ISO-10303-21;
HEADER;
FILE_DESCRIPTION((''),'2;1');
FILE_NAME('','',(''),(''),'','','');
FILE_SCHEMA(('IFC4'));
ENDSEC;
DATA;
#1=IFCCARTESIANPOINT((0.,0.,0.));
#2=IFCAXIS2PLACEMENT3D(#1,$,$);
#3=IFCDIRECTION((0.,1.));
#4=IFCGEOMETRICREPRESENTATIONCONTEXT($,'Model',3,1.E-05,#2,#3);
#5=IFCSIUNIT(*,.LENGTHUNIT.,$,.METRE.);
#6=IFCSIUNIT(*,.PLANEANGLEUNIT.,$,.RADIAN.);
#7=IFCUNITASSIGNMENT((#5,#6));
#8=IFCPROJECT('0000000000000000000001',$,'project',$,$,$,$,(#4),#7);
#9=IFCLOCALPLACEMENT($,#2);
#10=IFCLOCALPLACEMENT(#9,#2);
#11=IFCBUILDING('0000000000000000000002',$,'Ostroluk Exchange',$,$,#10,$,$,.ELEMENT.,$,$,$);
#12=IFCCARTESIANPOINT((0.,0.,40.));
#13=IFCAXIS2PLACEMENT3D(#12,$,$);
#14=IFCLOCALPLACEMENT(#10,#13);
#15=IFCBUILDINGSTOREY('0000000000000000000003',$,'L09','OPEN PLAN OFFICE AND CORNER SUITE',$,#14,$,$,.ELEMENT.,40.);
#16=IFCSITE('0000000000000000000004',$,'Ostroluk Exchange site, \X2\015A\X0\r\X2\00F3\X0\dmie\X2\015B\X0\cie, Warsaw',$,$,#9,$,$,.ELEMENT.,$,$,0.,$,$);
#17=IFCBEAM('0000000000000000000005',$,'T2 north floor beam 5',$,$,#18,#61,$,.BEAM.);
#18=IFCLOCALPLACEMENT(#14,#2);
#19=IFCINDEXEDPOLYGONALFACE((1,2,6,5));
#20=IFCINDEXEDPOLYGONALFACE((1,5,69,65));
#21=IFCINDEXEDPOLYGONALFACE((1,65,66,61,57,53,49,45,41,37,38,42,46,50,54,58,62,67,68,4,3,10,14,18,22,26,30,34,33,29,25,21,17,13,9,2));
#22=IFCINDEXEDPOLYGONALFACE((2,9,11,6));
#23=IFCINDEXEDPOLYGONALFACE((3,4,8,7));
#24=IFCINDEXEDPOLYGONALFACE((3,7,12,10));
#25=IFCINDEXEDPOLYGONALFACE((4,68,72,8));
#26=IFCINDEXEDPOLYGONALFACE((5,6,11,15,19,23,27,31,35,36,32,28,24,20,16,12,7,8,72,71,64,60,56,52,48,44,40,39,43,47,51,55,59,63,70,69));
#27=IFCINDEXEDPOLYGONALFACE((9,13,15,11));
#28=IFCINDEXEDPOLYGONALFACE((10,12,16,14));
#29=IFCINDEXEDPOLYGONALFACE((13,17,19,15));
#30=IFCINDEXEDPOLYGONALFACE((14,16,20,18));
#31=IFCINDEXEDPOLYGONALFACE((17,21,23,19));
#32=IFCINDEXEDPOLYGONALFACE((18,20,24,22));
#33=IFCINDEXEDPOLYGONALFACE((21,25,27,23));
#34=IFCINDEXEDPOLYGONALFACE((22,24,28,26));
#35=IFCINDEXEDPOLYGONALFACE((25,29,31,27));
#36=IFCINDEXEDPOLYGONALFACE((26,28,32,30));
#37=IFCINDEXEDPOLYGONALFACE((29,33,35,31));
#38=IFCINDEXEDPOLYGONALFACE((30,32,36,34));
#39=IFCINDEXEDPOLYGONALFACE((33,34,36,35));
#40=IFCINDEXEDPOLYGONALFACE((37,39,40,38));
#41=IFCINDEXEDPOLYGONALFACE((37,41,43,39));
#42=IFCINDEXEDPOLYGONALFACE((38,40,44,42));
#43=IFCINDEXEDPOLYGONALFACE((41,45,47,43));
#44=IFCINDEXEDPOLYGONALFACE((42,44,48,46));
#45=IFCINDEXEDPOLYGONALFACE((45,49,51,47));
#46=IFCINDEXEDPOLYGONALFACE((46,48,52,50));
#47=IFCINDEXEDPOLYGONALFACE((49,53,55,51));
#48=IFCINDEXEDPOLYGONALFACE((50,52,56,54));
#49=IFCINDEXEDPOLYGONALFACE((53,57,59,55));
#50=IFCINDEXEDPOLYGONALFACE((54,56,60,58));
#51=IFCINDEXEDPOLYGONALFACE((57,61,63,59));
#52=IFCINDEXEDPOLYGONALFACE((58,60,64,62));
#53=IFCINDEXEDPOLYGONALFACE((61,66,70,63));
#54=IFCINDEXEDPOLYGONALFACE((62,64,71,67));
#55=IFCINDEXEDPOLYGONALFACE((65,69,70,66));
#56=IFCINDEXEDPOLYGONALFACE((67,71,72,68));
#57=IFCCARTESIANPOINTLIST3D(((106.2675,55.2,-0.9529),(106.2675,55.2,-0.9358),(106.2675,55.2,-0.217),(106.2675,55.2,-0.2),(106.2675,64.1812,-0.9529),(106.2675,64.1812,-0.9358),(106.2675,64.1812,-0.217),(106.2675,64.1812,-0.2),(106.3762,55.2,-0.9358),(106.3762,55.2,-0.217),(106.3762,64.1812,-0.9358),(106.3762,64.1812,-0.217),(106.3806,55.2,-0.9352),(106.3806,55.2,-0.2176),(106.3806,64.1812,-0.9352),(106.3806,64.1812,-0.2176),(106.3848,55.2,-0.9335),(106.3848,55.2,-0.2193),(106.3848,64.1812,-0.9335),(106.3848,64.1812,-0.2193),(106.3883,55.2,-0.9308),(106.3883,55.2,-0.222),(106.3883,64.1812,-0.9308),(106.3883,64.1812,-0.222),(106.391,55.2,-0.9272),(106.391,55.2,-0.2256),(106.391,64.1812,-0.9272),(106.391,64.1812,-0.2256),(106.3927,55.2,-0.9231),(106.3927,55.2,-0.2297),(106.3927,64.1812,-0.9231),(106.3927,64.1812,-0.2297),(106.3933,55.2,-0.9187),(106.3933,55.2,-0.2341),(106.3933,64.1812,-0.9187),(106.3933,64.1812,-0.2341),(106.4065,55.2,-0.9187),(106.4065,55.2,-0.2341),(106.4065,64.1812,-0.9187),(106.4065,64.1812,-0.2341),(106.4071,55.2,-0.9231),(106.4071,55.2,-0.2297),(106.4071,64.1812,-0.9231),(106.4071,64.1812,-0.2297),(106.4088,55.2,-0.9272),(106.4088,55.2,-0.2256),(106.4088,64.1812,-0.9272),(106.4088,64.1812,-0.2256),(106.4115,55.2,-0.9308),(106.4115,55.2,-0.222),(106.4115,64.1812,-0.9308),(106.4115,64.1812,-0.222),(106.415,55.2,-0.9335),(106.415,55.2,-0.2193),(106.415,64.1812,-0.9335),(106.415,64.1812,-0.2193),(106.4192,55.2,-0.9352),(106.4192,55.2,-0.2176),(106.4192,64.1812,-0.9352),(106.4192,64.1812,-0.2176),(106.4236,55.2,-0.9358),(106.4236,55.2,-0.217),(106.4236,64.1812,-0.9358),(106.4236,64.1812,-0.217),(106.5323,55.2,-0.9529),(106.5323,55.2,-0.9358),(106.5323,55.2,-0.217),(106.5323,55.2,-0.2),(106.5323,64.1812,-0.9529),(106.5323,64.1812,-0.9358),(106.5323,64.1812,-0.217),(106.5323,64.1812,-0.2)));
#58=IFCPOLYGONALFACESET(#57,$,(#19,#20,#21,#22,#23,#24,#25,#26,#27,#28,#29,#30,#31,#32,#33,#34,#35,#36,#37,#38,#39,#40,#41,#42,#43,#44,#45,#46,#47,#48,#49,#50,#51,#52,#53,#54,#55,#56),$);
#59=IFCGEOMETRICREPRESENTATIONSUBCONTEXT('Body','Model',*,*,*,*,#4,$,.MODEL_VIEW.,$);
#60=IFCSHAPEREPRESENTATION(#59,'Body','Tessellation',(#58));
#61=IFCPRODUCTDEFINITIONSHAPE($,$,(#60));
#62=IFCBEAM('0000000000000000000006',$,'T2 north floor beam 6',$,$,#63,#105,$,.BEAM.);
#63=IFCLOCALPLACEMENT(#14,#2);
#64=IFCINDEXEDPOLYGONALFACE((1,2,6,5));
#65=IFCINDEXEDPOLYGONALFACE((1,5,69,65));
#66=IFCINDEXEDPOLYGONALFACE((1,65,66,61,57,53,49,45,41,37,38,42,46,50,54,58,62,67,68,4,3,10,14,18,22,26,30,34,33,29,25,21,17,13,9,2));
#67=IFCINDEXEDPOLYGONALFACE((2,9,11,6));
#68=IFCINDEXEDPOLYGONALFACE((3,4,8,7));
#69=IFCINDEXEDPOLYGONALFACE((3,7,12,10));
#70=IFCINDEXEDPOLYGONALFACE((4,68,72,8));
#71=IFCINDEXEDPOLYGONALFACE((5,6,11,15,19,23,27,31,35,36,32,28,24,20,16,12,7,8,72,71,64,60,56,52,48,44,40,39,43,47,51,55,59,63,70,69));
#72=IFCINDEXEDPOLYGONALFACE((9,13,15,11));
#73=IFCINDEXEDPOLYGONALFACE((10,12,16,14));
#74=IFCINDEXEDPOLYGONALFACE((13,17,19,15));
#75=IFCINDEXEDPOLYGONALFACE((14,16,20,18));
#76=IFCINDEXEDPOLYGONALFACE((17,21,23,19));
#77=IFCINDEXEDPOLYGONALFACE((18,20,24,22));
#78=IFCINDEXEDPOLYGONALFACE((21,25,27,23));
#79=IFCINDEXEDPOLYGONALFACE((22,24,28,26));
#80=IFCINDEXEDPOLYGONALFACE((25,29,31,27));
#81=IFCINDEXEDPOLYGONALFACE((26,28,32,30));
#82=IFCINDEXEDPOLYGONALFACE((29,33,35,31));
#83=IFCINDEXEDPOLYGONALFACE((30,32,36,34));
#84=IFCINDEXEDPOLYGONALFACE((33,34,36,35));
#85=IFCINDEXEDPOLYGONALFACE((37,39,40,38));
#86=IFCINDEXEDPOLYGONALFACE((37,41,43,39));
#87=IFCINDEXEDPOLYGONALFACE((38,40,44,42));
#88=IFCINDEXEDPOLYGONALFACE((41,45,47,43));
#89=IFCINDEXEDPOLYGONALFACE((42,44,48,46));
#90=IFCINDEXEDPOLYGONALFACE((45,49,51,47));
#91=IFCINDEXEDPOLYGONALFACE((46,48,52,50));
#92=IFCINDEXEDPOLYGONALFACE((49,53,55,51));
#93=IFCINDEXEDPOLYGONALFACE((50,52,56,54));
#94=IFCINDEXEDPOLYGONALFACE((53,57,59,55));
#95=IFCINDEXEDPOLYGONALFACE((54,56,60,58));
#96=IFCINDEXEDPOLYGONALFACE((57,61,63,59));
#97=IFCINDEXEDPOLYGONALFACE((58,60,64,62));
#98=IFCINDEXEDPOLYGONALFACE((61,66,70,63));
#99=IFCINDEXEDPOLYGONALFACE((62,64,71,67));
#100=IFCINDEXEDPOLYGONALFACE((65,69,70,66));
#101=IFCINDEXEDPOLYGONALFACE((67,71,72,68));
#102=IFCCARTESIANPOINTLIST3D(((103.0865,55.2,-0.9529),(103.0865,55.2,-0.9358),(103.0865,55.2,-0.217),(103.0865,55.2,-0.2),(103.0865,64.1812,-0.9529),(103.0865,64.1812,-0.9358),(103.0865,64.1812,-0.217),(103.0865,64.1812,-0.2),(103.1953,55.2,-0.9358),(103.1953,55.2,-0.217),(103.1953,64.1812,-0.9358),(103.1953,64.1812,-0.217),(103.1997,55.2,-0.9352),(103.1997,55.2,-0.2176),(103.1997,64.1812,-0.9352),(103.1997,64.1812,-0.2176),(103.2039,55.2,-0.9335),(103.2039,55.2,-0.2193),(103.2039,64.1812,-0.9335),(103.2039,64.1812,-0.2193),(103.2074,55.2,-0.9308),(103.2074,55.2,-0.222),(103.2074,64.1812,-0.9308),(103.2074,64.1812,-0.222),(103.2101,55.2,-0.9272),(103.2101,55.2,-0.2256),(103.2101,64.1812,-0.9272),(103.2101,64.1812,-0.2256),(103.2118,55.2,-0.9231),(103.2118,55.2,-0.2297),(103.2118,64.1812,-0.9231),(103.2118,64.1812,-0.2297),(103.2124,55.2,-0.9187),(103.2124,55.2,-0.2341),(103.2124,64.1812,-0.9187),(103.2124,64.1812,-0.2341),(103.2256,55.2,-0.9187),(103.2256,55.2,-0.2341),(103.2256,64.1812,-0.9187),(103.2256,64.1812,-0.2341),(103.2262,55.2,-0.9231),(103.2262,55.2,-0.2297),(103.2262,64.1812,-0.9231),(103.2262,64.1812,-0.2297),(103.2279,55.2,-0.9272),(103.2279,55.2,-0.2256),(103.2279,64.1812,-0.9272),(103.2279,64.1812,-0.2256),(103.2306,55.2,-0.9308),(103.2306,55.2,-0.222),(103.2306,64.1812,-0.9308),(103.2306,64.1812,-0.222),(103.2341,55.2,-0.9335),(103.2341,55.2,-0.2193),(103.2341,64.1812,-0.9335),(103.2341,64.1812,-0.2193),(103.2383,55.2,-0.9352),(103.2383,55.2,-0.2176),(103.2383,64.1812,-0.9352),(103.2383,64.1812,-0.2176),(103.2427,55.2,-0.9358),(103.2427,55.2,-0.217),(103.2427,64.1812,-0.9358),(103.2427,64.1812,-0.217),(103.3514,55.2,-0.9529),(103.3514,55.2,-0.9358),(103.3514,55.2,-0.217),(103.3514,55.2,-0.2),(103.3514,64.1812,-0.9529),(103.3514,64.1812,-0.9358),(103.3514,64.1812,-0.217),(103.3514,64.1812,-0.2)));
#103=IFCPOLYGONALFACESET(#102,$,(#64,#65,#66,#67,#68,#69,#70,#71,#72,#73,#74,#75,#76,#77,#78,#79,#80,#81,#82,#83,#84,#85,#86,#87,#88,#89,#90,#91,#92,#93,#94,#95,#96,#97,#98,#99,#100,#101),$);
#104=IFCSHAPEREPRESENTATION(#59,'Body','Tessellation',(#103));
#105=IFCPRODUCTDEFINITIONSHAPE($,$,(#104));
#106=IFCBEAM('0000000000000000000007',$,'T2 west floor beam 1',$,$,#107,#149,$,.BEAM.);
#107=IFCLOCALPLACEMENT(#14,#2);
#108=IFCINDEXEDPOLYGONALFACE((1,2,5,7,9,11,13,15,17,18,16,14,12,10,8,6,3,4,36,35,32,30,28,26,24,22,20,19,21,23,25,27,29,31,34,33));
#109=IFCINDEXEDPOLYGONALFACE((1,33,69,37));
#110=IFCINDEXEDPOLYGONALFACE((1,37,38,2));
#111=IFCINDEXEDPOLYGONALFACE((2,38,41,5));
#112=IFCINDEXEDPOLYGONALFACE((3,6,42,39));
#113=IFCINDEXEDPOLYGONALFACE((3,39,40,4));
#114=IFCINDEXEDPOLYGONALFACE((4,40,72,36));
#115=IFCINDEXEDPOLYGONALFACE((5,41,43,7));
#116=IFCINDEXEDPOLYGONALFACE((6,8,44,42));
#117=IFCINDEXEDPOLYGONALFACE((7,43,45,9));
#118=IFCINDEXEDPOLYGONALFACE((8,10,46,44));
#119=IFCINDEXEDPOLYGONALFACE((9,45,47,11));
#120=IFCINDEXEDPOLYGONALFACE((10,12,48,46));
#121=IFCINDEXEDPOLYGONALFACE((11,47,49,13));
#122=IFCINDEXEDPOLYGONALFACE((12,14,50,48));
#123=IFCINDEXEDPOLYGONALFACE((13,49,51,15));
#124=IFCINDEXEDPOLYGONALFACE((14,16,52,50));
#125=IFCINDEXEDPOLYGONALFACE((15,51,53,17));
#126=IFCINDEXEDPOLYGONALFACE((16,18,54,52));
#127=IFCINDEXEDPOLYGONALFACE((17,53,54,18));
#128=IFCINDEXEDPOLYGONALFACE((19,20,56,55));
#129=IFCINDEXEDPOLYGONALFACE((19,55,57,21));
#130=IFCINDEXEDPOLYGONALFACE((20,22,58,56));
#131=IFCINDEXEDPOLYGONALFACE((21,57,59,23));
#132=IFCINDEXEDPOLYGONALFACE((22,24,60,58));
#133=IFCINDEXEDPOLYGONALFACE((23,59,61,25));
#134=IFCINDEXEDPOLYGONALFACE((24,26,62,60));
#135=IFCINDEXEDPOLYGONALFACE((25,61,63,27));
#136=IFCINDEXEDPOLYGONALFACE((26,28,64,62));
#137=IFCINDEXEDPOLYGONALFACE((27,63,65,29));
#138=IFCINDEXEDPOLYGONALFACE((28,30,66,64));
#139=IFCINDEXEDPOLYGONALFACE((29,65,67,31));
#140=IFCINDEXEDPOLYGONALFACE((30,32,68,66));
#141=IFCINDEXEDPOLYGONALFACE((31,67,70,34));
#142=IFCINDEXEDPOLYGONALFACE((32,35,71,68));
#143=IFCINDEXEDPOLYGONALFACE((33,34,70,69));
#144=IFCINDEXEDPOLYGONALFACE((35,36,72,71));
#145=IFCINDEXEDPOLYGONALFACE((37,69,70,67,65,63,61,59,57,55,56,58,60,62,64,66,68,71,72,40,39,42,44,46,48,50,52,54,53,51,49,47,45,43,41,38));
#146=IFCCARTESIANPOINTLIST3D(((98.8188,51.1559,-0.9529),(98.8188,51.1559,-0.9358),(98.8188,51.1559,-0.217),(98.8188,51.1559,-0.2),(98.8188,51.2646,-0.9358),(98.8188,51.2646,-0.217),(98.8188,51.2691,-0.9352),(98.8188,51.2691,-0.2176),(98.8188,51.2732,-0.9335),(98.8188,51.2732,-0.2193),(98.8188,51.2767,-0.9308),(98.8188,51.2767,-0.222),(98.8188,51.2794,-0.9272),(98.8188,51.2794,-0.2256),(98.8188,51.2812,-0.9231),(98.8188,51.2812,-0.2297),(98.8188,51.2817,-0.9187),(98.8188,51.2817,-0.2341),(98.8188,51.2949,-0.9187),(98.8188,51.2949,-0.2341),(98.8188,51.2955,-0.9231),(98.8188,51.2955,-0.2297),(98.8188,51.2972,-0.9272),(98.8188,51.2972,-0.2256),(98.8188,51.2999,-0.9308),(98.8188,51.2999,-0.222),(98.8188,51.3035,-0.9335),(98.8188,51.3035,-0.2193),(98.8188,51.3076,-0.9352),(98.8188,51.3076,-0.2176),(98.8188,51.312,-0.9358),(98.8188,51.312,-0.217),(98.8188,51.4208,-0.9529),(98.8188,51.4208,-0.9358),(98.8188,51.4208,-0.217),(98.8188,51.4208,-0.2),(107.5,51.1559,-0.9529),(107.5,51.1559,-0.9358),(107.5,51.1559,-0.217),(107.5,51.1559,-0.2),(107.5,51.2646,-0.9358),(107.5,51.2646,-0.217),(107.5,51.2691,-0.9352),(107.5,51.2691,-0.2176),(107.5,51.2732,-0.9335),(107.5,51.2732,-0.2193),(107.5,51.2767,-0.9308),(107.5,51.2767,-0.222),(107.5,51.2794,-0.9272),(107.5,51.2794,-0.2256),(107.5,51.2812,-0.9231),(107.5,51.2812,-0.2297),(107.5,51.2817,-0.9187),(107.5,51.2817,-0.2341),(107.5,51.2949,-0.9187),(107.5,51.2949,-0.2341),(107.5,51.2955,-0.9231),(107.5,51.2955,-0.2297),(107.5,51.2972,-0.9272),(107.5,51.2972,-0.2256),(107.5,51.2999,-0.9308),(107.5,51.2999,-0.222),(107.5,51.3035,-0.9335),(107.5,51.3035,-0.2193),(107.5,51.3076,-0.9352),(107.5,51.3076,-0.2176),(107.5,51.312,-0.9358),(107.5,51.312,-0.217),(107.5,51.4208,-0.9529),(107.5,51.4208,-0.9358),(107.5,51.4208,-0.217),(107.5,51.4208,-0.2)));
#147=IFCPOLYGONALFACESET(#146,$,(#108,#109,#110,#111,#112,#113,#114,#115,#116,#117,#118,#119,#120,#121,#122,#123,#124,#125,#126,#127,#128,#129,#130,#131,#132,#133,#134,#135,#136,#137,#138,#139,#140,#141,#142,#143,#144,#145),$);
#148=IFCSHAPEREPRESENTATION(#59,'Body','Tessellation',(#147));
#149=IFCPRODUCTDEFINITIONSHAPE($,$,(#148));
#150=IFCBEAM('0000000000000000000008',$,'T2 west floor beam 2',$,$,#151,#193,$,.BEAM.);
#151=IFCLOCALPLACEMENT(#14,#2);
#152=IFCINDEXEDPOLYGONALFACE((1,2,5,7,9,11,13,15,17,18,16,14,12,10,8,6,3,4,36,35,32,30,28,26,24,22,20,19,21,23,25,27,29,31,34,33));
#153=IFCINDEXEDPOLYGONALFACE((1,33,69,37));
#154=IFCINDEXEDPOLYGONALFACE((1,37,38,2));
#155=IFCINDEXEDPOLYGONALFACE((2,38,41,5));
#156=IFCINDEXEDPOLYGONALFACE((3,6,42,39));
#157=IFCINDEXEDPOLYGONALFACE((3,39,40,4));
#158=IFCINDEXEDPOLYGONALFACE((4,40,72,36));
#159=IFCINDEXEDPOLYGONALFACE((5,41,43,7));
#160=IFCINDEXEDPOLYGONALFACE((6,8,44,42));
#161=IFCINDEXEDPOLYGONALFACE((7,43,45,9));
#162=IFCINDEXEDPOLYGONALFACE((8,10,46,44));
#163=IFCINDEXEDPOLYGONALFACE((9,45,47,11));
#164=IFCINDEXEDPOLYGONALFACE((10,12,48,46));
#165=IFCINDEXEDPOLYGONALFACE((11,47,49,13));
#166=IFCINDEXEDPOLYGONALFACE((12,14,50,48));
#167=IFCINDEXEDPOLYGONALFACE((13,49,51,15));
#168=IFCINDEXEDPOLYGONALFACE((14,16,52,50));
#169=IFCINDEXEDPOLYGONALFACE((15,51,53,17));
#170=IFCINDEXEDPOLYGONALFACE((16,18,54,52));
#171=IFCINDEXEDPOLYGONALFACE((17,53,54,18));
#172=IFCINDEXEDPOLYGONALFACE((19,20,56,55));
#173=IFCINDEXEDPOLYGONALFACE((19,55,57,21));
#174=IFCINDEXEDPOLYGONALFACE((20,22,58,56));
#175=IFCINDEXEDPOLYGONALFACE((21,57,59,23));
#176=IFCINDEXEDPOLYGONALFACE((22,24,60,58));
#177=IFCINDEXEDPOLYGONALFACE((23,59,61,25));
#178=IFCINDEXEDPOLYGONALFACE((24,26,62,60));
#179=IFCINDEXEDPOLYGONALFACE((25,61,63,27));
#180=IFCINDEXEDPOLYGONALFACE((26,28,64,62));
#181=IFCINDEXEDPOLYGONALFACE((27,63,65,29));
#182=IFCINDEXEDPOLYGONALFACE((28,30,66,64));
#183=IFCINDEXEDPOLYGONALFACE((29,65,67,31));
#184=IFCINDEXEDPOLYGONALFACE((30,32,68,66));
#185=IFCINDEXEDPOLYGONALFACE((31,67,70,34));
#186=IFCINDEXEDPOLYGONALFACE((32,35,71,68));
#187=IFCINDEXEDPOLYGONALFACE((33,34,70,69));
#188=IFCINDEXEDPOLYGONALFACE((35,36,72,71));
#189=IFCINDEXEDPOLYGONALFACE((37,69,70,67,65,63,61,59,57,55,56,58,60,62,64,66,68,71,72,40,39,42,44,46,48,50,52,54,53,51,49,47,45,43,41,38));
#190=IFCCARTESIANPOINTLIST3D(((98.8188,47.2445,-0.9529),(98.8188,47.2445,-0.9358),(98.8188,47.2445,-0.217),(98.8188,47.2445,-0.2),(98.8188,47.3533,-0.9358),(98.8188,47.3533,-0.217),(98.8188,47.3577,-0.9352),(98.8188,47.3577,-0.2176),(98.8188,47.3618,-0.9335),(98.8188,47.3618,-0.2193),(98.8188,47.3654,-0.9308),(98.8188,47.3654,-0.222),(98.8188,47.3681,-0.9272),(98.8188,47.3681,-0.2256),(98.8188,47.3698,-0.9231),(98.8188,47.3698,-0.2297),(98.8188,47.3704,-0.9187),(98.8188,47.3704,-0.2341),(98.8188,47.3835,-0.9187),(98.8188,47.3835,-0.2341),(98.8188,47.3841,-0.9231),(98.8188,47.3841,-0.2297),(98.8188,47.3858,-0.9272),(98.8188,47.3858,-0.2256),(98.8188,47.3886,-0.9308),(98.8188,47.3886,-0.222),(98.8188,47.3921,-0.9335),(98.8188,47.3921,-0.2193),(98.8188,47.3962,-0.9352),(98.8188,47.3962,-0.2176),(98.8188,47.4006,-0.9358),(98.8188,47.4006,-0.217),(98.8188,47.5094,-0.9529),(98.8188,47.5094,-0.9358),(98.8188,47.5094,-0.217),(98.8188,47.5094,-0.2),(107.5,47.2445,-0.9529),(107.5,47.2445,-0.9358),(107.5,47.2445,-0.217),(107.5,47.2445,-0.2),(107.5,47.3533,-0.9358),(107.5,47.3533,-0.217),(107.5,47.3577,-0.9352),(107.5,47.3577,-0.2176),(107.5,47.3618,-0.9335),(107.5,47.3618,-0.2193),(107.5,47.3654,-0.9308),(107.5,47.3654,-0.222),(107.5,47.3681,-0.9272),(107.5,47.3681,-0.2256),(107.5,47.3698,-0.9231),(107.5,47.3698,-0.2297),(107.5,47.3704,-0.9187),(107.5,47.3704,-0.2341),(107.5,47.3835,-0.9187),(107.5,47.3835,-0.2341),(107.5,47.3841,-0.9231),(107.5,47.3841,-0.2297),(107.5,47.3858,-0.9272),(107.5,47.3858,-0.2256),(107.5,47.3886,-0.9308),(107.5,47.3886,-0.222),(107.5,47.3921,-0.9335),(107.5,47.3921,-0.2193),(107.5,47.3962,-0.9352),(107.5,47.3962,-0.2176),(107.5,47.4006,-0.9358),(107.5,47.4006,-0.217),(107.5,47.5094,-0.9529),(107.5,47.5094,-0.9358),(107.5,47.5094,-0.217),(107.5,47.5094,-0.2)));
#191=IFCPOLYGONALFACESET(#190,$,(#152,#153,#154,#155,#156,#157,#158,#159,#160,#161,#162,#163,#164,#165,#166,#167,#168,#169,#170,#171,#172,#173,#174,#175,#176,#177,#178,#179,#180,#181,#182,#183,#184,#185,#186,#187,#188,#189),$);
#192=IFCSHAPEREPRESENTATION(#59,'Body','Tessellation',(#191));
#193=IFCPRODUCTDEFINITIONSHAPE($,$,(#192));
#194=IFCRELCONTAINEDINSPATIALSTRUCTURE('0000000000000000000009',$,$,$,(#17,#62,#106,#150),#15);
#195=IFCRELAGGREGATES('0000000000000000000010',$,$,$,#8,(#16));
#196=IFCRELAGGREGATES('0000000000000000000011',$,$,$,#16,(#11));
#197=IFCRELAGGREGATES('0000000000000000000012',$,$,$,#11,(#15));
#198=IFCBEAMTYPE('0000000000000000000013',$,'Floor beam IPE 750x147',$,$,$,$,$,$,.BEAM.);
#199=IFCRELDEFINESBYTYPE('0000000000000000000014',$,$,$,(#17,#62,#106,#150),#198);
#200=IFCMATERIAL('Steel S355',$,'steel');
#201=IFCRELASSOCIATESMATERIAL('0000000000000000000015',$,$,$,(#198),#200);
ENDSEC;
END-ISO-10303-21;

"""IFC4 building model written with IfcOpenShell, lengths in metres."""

from ifc_helpers import new_model, si_unit, direction, frame, origin, origin_2d, place, context, subcontext, project, spatial, i_section, extrude, material, material_profile, profile_set, type_object, element, save


model = new_model("IFC4")

# Units and contexts
model_context = context("Model", 3, precision=1e-05, world=origin(), true_north=direction((0.0, 1.0)))
body_context = subcontext(model_context, "Body", "Model", "MODEL_VIEW")
ifc_project = project(units=[si_unit("LENGTHUNIT", "METRE"), si_unit("PLANEANGLEUNIT", "RADIAN")], contexts=[model_context])

# Site, building, storey
site_placement = place(None, origin())
site = spatial("IfcSite", under=ifc_project, at=site_placement, Name="Ostroluk Exchange site, Śródmieście, Warsaw", CompositionType="ELEMENT", RefElevation=0.0)
building_placement = place(site_placement, origin())
building = spatial("IfcBuilding", under=site, at=building_placement, Name="Ostroluk Exchange", CompositionType="ELEMENT")
storey_placement = place(building_placement, frame((0.0, 0.0, 40.0)))
storey = spatial("IfcBuildingStorey", under=building, at=storey_placement, Name="L09", Description="OPEN PLAN OFFICE AND CORNER SUITE", CompositionType="ELEMENT", Elevation=40.0)

# Beams
ifc_material_1 = material(Name="Steel S355", Category="steel")
ifc_material_profile_1 = material_profile(ifc_material_1, i_section(OverallWidth=0.2649, OverallDepth=0.7529, WebThickness=0.0132, FlangeThickness=0.0171, FilletRadius=0.0171, at=origin_2d()), Name="IPE 750x147")
ifc_profile_set_1 = profile_set([ifc_material_profile_1], Name="Steel S355")
beam_type_1 = type_object("IfcBeamType", Name="Floor beam IPE 750x147", PredefinedType="BEAM", material=ifc_profile_set_1)
for number, where, z_axis, x_axis, name in (
    (1, (106.3999, 55.2, -0.5764), (0.0, 1.0, 0.0), (-1.0, 0.0, 0.0), "T2 north floor beam 5"),
    (2, (103.219, 55.2, -0.5764), (0.0, 1.0, 0.0), (-1.0, 0.0, 0.0), "T2 north floor beam 6"),
):
    element("IfcBeam", number, at=place(storey_placement, frame(where, z_axis=z_axis, x_axis=x_axis)), inside=storey, type_object=beam_type_1, Name=name, PredefinedType="BEAM", context=body_context, shape_type="SweptSolid", body=[
        extrude(i_section(OverallWidth=0.2649, OverallDepth=0.7529, WebThickness=0.0132, FlangeThickness=0.0171, FilletRadius=0.0171, at=origin_2d()), origin(), (0.0, 0.0, 1.0), 8.9812),
    ])
for number, where, z_axis, x_axis, name in (
    (3, (107.5, 51.2883, -0.5764), (-1.0, 0.0, 0.0), (0.0, -1.0, 0.0), "T2 west floor beam 1"),
    (4, (107.5, 47.377, -0.5764), (-1.0, 0.0, 0.0), (0.0, -1.0, 0.0), "T2 west floor beam 2"),
):
    element("IfcBeam", number, at=place(storey_placement, frame(where, z_axis=z_axis, x_axis=x_axis)), inside=storey, type_object=beam_type_1, Name=name, PredefinedType="BEAM", context=body_context, shape_type="SweptSolid", body=[
        extrude(i_section(OverallWidth=0.2649, OverallDepth=0.7529, WebThickness=0.0132, FlangeThickness=0.0171, FilletRadius=0.0171, at=origin_2d()), origin(), (0.0, 0.0, 1.0), 8.6812),
    ])

save(model, "model.ifc")
